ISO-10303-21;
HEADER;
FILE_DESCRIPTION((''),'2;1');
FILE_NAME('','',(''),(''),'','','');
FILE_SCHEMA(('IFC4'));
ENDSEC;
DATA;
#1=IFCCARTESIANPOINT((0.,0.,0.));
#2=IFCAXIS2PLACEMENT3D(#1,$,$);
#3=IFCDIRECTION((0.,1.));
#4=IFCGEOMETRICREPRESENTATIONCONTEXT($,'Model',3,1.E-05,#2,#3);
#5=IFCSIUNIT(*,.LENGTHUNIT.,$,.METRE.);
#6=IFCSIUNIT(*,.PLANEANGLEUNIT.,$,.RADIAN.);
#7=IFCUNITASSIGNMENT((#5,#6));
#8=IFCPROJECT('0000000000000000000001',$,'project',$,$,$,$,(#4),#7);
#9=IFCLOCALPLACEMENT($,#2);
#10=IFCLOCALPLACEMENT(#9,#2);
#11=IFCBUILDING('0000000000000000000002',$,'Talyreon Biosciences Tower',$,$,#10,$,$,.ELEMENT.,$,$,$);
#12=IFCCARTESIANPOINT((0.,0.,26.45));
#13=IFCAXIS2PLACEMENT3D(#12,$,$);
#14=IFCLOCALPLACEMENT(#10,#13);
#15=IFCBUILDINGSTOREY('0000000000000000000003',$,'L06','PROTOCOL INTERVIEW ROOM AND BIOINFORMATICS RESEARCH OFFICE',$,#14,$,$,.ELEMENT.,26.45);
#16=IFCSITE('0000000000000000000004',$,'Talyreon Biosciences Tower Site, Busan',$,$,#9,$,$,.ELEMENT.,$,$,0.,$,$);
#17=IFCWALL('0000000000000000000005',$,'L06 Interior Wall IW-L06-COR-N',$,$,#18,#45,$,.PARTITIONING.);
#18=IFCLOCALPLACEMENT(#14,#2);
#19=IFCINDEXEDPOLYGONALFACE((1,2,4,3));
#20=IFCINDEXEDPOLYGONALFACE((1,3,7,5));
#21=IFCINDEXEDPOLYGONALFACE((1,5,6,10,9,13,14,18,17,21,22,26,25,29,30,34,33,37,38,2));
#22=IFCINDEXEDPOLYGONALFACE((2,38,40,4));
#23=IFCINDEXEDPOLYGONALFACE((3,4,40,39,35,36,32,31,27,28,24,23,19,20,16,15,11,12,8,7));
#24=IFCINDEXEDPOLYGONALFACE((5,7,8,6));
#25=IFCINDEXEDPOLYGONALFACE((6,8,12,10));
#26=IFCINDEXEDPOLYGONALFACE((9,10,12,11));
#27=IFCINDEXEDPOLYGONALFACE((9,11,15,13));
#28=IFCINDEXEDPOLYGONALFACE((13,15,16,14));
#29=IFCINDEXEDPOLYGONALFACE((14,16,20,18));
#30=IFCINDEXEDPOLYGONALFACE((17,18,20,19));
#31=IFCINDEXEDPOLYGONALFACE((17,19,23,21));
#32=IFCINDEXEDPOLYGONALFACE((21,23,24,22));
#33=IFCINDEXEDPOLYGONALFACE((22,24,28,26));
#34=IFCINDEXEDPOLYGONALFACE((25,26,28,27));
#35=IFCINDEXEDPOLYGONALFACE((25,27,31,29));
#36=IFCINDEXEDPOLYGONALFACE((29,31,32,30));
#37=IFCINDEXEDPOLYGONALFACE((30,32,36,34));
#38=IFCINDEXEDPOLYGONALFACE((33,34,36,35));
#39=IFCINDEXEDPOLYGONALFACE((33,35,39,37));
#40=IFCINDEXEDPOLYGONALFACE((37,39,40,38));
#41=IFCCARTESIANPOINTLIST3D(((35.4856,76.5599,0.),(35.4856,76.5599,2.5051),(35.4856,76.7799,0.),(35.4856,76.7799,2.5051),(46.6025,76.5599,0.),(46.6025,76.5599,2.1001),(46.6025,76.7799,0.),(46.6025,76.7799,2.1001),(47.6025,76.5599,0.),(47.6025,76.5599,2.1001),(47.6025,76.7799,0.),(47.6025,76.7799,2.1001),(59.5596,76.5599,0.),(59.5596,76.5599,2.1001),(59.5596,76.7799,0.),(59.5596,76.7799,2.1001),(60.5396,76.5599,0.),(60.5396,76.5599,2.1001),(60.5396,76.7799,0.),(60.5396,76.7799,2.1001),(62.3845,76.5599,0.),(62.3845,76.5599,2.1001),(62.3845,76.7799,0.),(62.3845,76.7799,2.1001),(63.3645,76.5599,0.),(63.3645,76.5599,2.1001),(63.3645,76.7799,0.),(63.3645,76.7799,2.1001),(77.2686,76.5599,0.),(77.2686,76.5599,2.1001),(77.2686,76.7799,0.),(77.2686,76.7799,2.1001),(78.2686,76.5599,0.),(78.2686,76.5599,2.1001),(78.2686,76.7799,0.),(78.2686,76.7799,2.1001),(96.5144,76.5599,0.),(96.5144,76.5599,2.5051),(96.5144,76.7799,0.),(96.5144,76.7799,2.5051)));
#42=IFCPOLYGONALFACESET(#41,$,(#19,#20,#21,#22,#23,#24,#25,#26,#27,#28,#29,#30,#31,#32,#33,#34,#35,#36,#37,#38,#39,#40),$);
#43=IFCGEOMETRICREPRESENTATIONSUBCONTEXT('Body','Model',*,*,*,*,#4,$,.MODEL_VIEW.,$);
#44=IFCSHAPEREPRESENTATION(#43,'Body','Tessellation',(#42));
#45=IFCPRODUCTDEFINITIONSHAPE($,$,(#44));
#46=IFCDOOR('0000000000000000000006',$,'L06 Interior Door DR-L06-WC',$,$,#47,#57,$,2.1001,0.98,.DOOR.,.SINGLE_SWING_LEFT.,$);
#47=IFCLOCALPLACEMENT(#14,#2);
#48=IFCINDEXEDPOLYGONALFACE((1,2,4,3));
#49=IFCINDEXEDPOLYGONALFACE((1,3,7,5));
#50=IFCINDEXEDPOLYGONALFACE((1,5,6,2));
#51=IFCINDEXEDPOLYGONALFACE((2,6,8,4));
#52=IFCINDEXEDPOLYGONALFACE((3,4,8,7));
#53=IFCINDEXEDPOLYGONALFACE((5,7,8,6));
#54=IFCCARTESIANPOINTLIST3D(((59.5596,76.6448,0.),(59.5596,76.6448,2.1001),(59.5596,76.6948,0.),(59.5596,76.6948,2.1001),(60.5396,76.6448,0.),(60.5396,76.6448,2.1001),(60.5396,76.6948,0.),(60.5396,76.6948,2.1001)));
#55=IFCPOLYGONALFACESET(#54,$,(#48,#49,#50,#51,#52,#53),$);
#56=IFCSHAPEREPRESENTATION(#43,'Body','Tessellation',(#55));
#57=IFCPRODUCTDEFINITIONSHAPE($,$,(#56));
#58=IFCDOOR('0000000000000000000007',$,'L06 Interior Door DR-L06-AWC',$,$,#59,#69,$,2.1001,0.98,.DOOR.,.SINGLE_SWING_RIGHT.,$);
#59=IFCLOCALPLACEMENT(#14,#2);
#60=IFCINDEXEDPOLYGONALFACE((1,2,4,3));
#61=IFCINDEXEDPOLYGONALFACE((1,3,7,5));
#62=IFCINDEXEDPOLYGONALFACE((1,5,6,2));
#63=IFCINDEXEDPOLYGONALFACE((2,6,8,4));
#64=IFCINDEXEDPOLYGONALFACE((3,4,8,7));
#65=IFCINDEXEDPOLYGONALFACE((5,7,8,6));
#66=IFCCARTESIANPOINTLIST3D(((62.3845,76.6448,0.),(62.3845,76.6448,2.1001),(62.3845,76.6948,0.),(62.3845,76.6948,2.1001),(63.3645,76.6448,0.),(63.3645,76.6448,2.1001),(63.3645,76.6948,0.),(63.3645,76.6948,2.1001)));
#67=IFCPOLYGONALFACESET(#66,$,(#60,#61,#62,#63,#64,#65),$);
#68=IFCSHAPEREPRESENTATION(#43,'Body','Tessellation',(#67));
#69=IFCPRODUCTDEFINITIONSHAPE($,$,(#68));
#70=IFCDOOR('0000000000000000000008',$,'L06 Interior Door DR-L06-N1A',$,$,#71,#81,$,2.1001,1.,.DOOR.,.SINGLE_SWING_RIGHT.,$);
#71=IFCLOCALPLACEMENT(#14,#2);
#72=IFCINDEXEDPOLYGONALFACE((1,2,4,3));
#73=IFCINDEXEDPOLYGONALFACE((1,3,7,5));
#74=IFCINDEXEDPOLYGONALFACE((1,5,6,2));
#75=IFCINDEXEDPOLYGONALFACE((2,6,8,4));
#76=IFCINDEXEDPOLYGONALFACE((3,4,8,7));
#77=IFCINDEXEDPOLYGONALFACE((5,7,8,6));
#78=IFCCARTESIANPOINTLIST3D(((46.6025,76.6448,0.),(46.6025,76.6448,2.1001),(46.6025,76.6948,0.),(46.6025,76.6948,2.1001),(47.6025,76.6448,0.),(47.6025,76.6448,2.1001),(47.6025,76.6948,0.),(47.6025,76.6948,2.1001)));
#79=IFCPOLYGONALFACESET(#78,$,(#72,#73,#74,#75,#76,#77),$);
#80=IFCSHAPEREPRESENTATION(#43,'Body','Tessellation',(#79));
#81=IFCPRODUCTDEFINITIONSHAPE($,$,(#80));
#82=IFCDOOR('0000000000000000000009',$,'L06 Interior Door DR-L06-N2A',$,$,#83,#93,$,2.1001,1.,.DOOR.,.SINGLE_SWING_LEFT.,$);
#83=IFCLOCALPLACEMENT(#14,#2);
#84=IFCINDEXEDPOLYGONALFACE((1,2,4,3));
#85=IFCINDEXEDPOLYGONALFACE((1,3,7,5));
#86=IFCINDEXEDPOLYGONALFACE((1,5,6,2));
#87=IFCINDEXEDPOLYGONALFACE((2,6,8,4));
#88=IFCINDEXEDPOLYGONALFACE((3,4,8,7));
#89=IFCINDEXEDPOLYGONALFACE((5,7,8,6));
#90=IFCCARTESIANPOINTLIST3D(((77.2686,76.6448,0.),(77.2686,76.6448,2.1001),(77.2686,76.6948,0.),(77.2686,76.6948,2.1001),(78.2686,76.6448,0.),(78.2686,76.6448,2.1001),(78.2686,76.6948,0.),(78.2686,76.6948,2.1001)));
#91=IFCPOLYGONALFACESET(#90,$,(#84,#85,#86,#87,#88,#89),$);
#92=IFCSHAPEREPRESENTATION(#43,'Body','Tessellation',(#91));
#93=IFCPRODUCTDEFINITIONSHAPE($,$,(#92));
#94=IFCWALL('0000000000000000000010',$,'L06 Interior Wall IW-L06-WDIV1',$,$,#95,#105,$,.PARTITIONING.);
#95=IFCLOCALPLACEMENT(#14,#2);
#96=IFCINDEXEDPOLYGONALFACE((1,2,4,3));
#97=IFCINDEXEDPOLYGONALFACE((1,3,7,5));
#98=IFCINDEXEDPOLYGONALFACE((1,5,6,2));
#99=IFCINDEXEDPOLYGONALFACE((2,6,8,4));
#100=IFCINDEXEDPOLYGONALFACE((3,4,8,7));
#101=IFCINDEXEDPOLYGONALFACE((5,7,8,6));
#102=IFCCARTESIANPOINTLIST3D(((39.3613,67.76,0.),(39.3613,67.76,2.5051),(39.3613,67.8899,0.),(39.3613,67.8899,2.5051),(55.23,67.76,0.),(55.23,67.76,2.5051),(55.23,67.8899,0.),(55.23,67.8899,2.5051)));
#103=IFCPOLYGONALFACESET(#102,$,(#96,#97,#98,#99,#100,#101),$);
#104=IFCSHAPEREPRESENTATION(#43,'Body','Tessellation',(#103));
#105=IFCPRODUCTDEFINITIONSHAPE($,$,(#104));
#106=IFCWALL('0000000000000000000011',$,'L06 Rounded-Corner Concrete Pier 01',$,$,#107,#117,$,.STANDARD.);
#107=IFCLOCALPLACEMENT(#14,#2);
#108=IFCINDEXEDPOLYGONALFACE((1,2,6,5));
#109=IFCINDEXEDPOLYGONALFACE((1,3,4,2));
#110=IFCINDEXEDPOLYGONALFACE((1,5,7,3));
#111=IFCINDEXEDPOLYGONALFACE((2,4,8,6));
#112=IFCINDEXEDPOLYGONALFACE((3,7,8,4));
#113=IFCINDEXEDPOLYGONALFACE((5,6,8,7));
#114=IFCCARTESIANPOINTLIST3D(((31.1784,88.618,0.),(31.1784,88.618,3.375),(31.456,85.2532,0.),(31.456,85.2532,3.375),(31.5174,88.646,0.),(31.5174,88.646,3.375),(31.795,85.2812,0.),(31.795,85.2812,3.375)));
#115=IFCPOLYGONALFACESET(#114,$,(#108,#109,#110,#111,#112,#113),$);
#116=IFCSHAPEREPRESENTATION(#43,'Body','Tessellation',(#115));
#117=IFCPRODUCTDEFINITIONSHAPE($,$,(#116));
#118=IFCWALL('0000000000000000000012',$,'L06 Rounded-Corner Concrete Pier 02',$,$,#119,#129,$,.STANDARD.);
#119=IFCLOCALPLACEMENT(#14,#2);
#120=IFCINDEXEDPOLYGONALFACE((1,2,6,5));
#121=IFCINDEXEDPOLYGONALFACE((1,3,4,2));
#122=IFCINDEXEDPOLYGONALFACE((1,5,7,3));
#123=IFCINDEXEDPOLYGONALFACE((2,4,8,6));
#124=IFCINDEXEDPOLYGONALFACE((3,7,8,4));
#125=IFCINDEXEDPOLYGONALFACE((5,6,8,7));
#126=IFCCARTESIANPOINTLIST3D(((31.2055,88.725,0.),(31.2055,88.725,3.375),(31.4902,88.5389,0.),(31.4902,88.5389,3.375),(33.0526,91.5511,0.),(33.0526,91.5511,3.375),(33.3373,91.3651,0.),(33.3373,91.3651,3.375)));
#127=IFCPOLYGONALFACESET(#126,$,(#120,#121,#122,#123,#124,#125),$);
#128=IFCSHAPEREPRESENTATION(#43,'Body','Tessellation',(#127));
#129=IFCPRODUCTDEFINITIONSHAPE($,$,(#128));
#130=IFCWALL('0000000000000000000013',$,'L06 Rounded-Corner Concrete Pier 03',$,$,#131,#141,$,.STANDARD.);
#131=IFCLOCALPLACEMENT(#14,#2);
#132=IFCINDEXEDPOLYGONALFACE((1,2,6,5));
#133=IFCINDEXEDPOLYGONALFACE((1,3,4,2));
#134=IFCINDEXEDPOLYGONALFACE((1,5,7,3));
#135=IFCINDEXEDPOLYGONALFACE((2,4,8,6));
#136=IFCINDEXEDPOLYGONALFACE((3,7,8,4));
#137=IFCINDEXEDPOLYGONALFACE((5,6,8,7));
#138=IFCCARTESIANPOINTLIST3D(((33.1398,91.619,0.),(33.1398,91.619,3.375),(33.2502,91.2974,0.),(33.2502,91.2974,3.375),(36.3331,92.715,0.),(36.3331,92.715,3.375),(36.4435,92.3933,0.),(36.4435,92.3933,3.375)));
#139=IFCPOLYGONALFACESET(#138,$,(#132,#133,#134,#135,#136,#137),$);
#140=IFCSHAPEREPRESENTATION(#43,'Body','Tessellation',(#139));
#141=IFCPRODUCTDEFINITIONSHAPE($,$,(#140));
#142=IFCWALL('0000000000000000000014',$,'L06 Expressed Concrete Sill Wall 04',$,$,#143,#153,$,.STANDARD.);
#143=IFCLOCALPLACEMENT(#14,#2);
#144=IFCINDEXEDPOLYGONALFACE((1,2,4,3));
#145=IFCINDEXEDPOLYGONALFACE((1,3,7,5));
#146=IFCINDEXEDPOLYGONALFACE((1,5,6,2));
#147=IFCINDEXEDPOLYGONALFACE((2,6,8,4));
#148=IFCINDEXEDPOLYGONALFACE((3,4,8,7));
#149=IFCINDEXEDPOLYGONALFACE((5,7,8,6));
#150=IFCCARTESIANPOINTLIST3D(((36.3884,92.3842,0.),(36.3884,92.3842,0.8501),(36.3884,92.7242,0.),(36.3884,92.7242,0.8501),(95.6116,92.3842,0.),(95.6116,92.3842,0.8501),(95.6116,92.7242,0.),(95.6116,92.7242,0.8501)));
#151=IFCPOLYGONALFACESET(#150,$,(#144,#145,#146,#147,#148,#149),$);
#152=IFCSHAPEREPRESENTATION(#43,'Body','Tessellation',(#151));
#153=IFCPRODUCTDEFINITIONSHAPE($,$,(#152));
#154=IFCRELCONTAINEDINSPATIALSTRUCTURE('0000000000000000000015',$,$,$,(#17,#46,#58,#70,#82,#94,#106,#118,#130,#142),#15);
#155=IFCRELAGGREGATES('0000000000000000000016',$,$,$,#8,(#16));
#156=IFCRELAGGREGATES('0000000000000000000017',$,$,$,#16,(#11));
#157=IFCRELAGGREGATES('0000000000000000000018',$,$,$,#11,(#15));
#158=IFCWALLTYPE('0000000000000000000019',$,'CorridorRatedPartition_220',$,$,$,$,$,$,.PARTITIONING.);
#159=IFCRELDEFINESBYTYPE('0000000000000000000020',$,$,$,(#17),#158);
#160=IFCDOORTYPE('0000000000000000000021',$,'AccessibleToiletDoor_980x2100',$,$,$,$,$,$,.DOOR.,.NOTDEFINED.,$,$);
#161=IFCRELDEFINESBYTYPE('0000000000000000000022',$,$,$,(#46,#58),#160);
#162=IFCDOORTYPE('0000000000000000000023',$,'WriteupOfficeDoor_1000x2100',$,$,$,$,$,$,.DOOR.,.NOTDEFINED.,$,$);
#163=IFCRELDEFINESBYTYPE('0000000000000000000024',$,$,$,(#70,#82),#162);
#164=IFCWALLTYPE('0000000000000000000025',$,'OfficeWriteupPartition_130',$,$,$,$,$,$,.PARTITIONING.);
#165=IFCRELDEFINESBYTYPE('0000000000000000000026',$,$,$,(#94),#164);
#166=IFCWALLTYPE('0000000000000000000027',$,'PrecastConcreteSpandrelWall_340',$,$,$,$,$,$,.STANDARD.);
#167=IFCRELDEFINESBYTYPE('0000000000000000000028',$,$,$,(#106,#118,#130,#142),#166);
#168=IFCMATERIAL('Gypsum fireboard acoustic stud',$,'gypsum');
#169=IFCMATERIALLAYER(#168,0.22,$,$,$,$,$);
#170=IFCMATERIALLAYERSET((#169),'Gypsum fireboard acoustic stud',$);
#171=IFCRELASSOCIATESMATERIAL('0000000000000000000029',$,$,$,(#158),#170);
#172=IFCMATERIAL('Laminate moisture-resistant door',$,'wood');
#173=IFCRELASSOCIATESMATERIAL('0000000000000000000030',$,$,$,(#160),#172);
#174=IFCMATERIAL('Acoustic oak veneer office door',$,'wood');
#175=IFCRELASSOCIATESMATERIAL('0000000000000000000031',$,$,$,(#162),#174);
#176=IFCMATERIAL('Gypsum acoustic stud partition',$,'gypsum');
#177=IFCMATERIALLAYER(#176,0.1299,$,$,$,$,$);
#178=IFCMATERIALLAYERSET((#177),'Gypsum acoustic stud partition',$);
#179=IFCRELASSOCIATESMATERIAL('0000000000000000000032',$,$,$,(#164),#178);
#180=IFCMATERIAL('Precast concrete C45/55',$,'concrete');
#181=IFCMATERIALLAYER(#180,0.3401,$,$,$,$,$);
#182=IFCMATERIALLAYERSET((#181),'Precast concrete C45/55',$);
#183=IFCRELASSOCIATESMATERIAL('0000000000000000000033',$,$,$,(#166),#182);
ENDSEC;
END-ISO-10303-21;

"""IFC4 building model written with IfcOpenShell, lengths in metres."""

from ifc_helpers import new_model, si_unit, direction, frame, frame_2d, origin, place, context, subcontext, project, spatial, rectangle, extrude, material, layer, layer_set, type_object, element, fill, save


model = new_model("IFC4")

# Units and contexts
model_context = context("Model", 3, precision=1e-05, world=origin(), true_north=direction((0.0, 1.0)))
body_context = subcontext(model_context, "Body", "Model", "MODEL_VIEW")
ifc_project = project(units=[si_unit("LENGTHUNIT", "METRE"), si_unit("PLANEANGLEUNIT", "RADIAN")], contexts=[model_context])

# Site, building, storey
site_placement = place(None, origin())
site = spatial("IfcSite", under=ifc_project, at=site_placement, Name="Talyreon Biosciences Tower Site, Busan", CompositionType="ELEMENT", RefElevation=0.0)
building_placement = place(site_placement, origin())
building = spatial("IfcBuilding", under=site, at=building_placement, Name="Talyreon Biosciences Tower", CompositionType="ELEMENT")
storey_placement = place(building_placement, frame((0.0, 0.0, 26.45)))
storey = spatial("IfcBuildingStorey", under=building, at=storey_placement, Name="L06", Description="PROTOCOL INTERVIEW ROOM AND BIOINFORMATICS RESEARCH OFFICE", CompositionType="ELEMENT", Elevation=26.45)

# Shared definitions
ifc_material_1 = material(Name="Precast concrete C45/55", Category="concrete")

# Wall, openings, doors
ifc_material_2 = material(Name="Gypsum fireboard acoustic stud", Category="gypsum")
ifc_layer_1 = layer(ifc_material_2, 0.22)
ifc_layer_set_1 = layer_set([ifc_layer_1], Name="Gypsum fireboard acoustic stud")
wall_type_1 = type_object("IfcWallType", Name="CorridorRatedPartition_220", PredefinedType="PARTITIONING", material=ifc_layer_set_1)
wall_1_placement = place(storey_placement, frame((35.4856, 76.6699, 0.0), z_axis=(0.0, 0.0, 1.0), x_axis=(1.0, 0.0, 0.0)))
wall_1 = element("IfcWall", 1, at=wall_1_placement, inside=storey, type_object=wall_type_1, Name="L06 Interior Wall IW-L06-COR-N", PredefinedType="PARTITIONING", context=body_context, shape_type="SweptSolid", body=[
    extrude(rectangle(XDim=61.0288, YDim=0.22, at=frame_2d((30.5144, 0.0))), origin(), (0.0, 0.0, 1.0), 2.5051),
])
opening_1_placement = place(wall_1_placement, frame((24.074, 0.0, 0.0)))
opening_1 = element("IfcOpeningElement", 2, at=opening_1_placement, cuts=wall_1, PredefinedType="OPENING", context=body_context, shape_type="SweptSolid", body=[
    extrude(rectangle(XDim=0.98, YDim=2.1001, at=frame_2d((0.49, 1.05))), frame((0.0, 0.1199, 0.0), z_axis=(0.0, -1.0, 0.0), x_axis=(1.0, 0.0, 0.0)), (0.0, 0.0, 1.0), 0.24),
])
opening_2_placement = place(wall_1_placement, frame((26.8989, 0.0, 0.0)))
opening_2 = element("IfcOpeningElement", 3, at=opening_2_placement, cuts=wall_1, PredefinedType="OPENING", context=body_context, shape_type="SweptSolid", body=[
    extrude(rectangle(XDim=0.98, YDim=2.1001, at=frame_2d((0.49, 1.05))), frame((0.0, 0.1199, 0.0), z_axis=(0.0, -1.0, 0.0), x_axis=(1.0, 0.0, 0.0)), (0.0, 0.0, 1.0), 0.24),
])
opening_3_placement = place(wall_1_placement, frame((11.1169, 0.0, 0.0)))
opening_3 = element("IfcOpeningElement", 4, at=opening_3_placement, cuts=wall_1, PredefinedType="OPENING", context=body_context, shape_type="SweptSolid", body=[
    extrude(rectangle(XDim=1.0, YDim=2.1001, at=frame_2d((0.5, 1.05))), frame((0.0, 0.1199, 0.0), z_axis=(0.0, -1.0, 0.0), x_axis=(1.0, 0.0, 0.0)), (0.0, 0.0, 1.0), 0.24),
])
opening_4_placement = place(wall_1_placement, frame((41.783, 0.0, 0.0)))
opening_4 = element("IfcOpeningElement", 5, at=opening_4_placement, cuts=wall_1, PredefinedType="OPENING", context=body_context, shape_type="SweptSolid", body=[
    extrude(rectangle(XDim=1.0, YDim=2.1001, at=frame_2d((0.5, 1.05))), frame((0.0, 0.1199, 0.0), z_axis=(0.0, -1.0, 0.0), x_axis=(1.0, 0.0, 0.0)), (0.0, 0.0, 1.0), 0.24),
])
ifc_material_3 = material(Name="Laminate moisture-resistant door", Category="wood")
door_type_1 = type_object("IfcDoorType", Name="AccessibleToiletDoor_980x2100", OperationType="NOTDEFINED", PredefinedType="DOOR", material=ifc_material_3)
door_1_placement = place(opening_1_placement, origin())
door_1 = element("IfcDoor", 6, at=door_1_placement, inside=storey, type_object=door_type_1, Name="L06 Interior Door DR-L06-WC", OperationType="SINGLE_SWING_LEFT", OverallHeight=2.1001, OverallWidth=0.98, PredefinedType="DOOR", context=body_context, shape_type="SweptSolid", body=[
    extrude(rectangle(XDim=0.98, YDim=2.1001, at=frame_2d((0.49, 1.05))), frame((0.0, 0.0249, 0.0), z_axis=(0.0, -1.0, 0.0), x_axis=(1.0, 0.0, 0.0)), (0.0, 0.0, 1.0), 0.05),
])
fill(opening_1, door_1)
door_2_placement = place(opening_2_placement, origin())
door_2 = element("IfcDoor", 7, at=door_2_placement, inside=storey, type_object=door_type_1, Name="L06 Interior Door DR-L06-AWC", OperationType="SINGLE_SWING_RIGHT", OverallHeight=2.1001, OverallWidth=0.98, PredefinedType="DOOR", context=body_context, shape_type="SweptSolid", body=[
    extrude(rectangle(XDim=0.98, YDim=2.1001, at=frame_2d((0.49, 1.05))), frame((0.0, 0.0249, 0.0), z_axis=(0.0, -1.0, 0.0), x_axis=(1.0, 0.0, 0.0)), (0.0, 0.0, 1.0), 0.05),
])
fill(opening_2, door_2)
ifc_material_4 = material(Name="Acoustic oak veneer office door", Category="wood")
door_type_2 = type_object("IfcDoorType", Name="WriteupOfficeDoor_1000x2100", OperationType="NOTDEFINED", PredefinedType="DOOR", material=ifc_material_4)
door_3_placement = place(opening_3_placement, origin())
door_3 = element("IfcDoor", 8, at=door_3_placement, inside=storey, type_object=door_type_2, Name="L06 Interior Door DR-L06-N1A", OperationType="SINGLE_SWING_RIGHT", OverallHeight=2.1001, OverallWidth=1.0, PredefinedType="DOOR", context=body_context, shape_type="SweptSolid", body=[
    extrude(rectangle(XDim=1.0, YDim=2.1001, at=frame_2d((0.5, 1.05))), frame((0.0, 0.0249, 0.0), z_axis=(0.0, -1.0, 0.0), x_axis=(1.0, 0.0, 0.0)), (0.0, 0.0, 1.0), 0.05),
])
fill(opening_3, door_3)
door_4_placement = place(opening_4_placement, origin())
door_4 = element("IfcDoor", 9, at=door_4_placement, inside=storey, type_object=door_type_2, Name="L06 Interior Door DR-L06-N2A", OperationType="SINGLE_SWING_LEFT", OverallHeight=2.1001, OverallWidth=1.0, PredefinedType="DOOR", context=body_context, shape_type="SweptSolid", body=[
    extrude(rectangle(XDim=1.0, YDim=2.1001, at=frame_2d((0.5, 1.05))), frame((0.0, 0.0249, 0.0), z_axis=(0.0, -1.0, 0.0), x_axis=(1.0, 0.0, 0.0)), (0.0, 0.0, 1.0), 0.05),
])
fill(opening_4, door_4)

# Walls
ifc_material_5 = material(Name="Gypsum acoustic stud partition", Category="gypsum")
ifc_layer_2 = layer(ifc_material_5, 0.1299)
ifc_layer_set_2 = layer_set([ifc_layer_2], Name="Gypsum acoustic stud partition")
wall_type_2 = type_object("IfcWallType", Name="OfficeWriteupPartition_130", PredefinedType="PARTITIONING", material=ifc_layer_set_2)
wall_2_placement = place(storey_placement, frame((39.3613, 67.825, 0.0), z_axis=(0.0, 0.0, 1.0), x_axis=(1.0, 0.0, 0.0)))
element("IfcWall", 10, at=wall_2_placement, inside=storey, type_object=wall_type_2, Name="L06 Interior Wall IW-L06-WDIV1", PredefinedType="PARTITIONING", context=body_context, shape_type="SweptSolid", body=[
    extrude(rectangle(XDim=15.8687, YDim=0.1299, at=frame_2d((7.9343, 0.0))), origin(), (0.0, 0.0, 1.0), 2.5051),
])
ifc_layer_3 = layer(ifc_material_1, 0.3401)
ifc_layer_set_3 = layer_set([ifc_layer_3], Name="Precast concrete C45/55")
wall_type_3 = type_object("IfcWallType", Name="PrecastConcreteSpandrelWall_340", PredefinedType="STANDARD", material=ifc_layer_set_3)
for number, where, z_axis, x_axis, name in (
    (11, (31.6255, 85.2673, 0.0), (0.0, 0.0, 1.0), (-0.08222, 0.996614, 0.0), "L06 Rounded-Corner Concrete Pier 01"),
    (12, (31.3479, 88.6321, 0.0), (0.0, 0.0, 1.0), (0.547101, 0.837066, 0.0), "L06 Rounded-Corner Concrete Pier 02"),
    (13, (33.1951, 91.4583, 0.0), (0.0, 0.0, 1.0), (0.945848, 0.324611, 0.0), "L06 Rounded-Corner Concrete Pier 03"),
):
    element("IfcWall", number, at=place(storey_placement, frame(where, z_axis=z_axis, x_axis=x_axis)), inside=storey, type_object=wall_type_3, Name=name, PredefinedType="STANDARD", context=body_context, shape_type="SweptSolid", body=[
        extrude(rectangle(XDim=3.3762, YDim=0.3401, at=frame_2d((1.688, 0.0))), origin(), (0.0, 0.0, 1.0), 3.375),
    ])
wall_3_placement = place(storey_placement, frame((36.3884, 92.5542, 0.0), z_axis=(0.0, 0.0, 1.0), x_axis=(1.0, 0.0, 0.0)))
element("IfcWall", 14, at=wall_3_placement, inside=storey, type_object=wall_type_3, Name="L06 Expressed Concrete Sill Wall 04", PredefinedType="STANDARD", context=body_context, shape_type="SweptSolid", body=[
    extrude(rectangle(XDim=59.2231, YDim=0.3401, at=frame_2d((29.6116, 0.0))), origin(), (0.0, 0.0, 1.0), 0.8501),
])

save(model, "model.ifc")
